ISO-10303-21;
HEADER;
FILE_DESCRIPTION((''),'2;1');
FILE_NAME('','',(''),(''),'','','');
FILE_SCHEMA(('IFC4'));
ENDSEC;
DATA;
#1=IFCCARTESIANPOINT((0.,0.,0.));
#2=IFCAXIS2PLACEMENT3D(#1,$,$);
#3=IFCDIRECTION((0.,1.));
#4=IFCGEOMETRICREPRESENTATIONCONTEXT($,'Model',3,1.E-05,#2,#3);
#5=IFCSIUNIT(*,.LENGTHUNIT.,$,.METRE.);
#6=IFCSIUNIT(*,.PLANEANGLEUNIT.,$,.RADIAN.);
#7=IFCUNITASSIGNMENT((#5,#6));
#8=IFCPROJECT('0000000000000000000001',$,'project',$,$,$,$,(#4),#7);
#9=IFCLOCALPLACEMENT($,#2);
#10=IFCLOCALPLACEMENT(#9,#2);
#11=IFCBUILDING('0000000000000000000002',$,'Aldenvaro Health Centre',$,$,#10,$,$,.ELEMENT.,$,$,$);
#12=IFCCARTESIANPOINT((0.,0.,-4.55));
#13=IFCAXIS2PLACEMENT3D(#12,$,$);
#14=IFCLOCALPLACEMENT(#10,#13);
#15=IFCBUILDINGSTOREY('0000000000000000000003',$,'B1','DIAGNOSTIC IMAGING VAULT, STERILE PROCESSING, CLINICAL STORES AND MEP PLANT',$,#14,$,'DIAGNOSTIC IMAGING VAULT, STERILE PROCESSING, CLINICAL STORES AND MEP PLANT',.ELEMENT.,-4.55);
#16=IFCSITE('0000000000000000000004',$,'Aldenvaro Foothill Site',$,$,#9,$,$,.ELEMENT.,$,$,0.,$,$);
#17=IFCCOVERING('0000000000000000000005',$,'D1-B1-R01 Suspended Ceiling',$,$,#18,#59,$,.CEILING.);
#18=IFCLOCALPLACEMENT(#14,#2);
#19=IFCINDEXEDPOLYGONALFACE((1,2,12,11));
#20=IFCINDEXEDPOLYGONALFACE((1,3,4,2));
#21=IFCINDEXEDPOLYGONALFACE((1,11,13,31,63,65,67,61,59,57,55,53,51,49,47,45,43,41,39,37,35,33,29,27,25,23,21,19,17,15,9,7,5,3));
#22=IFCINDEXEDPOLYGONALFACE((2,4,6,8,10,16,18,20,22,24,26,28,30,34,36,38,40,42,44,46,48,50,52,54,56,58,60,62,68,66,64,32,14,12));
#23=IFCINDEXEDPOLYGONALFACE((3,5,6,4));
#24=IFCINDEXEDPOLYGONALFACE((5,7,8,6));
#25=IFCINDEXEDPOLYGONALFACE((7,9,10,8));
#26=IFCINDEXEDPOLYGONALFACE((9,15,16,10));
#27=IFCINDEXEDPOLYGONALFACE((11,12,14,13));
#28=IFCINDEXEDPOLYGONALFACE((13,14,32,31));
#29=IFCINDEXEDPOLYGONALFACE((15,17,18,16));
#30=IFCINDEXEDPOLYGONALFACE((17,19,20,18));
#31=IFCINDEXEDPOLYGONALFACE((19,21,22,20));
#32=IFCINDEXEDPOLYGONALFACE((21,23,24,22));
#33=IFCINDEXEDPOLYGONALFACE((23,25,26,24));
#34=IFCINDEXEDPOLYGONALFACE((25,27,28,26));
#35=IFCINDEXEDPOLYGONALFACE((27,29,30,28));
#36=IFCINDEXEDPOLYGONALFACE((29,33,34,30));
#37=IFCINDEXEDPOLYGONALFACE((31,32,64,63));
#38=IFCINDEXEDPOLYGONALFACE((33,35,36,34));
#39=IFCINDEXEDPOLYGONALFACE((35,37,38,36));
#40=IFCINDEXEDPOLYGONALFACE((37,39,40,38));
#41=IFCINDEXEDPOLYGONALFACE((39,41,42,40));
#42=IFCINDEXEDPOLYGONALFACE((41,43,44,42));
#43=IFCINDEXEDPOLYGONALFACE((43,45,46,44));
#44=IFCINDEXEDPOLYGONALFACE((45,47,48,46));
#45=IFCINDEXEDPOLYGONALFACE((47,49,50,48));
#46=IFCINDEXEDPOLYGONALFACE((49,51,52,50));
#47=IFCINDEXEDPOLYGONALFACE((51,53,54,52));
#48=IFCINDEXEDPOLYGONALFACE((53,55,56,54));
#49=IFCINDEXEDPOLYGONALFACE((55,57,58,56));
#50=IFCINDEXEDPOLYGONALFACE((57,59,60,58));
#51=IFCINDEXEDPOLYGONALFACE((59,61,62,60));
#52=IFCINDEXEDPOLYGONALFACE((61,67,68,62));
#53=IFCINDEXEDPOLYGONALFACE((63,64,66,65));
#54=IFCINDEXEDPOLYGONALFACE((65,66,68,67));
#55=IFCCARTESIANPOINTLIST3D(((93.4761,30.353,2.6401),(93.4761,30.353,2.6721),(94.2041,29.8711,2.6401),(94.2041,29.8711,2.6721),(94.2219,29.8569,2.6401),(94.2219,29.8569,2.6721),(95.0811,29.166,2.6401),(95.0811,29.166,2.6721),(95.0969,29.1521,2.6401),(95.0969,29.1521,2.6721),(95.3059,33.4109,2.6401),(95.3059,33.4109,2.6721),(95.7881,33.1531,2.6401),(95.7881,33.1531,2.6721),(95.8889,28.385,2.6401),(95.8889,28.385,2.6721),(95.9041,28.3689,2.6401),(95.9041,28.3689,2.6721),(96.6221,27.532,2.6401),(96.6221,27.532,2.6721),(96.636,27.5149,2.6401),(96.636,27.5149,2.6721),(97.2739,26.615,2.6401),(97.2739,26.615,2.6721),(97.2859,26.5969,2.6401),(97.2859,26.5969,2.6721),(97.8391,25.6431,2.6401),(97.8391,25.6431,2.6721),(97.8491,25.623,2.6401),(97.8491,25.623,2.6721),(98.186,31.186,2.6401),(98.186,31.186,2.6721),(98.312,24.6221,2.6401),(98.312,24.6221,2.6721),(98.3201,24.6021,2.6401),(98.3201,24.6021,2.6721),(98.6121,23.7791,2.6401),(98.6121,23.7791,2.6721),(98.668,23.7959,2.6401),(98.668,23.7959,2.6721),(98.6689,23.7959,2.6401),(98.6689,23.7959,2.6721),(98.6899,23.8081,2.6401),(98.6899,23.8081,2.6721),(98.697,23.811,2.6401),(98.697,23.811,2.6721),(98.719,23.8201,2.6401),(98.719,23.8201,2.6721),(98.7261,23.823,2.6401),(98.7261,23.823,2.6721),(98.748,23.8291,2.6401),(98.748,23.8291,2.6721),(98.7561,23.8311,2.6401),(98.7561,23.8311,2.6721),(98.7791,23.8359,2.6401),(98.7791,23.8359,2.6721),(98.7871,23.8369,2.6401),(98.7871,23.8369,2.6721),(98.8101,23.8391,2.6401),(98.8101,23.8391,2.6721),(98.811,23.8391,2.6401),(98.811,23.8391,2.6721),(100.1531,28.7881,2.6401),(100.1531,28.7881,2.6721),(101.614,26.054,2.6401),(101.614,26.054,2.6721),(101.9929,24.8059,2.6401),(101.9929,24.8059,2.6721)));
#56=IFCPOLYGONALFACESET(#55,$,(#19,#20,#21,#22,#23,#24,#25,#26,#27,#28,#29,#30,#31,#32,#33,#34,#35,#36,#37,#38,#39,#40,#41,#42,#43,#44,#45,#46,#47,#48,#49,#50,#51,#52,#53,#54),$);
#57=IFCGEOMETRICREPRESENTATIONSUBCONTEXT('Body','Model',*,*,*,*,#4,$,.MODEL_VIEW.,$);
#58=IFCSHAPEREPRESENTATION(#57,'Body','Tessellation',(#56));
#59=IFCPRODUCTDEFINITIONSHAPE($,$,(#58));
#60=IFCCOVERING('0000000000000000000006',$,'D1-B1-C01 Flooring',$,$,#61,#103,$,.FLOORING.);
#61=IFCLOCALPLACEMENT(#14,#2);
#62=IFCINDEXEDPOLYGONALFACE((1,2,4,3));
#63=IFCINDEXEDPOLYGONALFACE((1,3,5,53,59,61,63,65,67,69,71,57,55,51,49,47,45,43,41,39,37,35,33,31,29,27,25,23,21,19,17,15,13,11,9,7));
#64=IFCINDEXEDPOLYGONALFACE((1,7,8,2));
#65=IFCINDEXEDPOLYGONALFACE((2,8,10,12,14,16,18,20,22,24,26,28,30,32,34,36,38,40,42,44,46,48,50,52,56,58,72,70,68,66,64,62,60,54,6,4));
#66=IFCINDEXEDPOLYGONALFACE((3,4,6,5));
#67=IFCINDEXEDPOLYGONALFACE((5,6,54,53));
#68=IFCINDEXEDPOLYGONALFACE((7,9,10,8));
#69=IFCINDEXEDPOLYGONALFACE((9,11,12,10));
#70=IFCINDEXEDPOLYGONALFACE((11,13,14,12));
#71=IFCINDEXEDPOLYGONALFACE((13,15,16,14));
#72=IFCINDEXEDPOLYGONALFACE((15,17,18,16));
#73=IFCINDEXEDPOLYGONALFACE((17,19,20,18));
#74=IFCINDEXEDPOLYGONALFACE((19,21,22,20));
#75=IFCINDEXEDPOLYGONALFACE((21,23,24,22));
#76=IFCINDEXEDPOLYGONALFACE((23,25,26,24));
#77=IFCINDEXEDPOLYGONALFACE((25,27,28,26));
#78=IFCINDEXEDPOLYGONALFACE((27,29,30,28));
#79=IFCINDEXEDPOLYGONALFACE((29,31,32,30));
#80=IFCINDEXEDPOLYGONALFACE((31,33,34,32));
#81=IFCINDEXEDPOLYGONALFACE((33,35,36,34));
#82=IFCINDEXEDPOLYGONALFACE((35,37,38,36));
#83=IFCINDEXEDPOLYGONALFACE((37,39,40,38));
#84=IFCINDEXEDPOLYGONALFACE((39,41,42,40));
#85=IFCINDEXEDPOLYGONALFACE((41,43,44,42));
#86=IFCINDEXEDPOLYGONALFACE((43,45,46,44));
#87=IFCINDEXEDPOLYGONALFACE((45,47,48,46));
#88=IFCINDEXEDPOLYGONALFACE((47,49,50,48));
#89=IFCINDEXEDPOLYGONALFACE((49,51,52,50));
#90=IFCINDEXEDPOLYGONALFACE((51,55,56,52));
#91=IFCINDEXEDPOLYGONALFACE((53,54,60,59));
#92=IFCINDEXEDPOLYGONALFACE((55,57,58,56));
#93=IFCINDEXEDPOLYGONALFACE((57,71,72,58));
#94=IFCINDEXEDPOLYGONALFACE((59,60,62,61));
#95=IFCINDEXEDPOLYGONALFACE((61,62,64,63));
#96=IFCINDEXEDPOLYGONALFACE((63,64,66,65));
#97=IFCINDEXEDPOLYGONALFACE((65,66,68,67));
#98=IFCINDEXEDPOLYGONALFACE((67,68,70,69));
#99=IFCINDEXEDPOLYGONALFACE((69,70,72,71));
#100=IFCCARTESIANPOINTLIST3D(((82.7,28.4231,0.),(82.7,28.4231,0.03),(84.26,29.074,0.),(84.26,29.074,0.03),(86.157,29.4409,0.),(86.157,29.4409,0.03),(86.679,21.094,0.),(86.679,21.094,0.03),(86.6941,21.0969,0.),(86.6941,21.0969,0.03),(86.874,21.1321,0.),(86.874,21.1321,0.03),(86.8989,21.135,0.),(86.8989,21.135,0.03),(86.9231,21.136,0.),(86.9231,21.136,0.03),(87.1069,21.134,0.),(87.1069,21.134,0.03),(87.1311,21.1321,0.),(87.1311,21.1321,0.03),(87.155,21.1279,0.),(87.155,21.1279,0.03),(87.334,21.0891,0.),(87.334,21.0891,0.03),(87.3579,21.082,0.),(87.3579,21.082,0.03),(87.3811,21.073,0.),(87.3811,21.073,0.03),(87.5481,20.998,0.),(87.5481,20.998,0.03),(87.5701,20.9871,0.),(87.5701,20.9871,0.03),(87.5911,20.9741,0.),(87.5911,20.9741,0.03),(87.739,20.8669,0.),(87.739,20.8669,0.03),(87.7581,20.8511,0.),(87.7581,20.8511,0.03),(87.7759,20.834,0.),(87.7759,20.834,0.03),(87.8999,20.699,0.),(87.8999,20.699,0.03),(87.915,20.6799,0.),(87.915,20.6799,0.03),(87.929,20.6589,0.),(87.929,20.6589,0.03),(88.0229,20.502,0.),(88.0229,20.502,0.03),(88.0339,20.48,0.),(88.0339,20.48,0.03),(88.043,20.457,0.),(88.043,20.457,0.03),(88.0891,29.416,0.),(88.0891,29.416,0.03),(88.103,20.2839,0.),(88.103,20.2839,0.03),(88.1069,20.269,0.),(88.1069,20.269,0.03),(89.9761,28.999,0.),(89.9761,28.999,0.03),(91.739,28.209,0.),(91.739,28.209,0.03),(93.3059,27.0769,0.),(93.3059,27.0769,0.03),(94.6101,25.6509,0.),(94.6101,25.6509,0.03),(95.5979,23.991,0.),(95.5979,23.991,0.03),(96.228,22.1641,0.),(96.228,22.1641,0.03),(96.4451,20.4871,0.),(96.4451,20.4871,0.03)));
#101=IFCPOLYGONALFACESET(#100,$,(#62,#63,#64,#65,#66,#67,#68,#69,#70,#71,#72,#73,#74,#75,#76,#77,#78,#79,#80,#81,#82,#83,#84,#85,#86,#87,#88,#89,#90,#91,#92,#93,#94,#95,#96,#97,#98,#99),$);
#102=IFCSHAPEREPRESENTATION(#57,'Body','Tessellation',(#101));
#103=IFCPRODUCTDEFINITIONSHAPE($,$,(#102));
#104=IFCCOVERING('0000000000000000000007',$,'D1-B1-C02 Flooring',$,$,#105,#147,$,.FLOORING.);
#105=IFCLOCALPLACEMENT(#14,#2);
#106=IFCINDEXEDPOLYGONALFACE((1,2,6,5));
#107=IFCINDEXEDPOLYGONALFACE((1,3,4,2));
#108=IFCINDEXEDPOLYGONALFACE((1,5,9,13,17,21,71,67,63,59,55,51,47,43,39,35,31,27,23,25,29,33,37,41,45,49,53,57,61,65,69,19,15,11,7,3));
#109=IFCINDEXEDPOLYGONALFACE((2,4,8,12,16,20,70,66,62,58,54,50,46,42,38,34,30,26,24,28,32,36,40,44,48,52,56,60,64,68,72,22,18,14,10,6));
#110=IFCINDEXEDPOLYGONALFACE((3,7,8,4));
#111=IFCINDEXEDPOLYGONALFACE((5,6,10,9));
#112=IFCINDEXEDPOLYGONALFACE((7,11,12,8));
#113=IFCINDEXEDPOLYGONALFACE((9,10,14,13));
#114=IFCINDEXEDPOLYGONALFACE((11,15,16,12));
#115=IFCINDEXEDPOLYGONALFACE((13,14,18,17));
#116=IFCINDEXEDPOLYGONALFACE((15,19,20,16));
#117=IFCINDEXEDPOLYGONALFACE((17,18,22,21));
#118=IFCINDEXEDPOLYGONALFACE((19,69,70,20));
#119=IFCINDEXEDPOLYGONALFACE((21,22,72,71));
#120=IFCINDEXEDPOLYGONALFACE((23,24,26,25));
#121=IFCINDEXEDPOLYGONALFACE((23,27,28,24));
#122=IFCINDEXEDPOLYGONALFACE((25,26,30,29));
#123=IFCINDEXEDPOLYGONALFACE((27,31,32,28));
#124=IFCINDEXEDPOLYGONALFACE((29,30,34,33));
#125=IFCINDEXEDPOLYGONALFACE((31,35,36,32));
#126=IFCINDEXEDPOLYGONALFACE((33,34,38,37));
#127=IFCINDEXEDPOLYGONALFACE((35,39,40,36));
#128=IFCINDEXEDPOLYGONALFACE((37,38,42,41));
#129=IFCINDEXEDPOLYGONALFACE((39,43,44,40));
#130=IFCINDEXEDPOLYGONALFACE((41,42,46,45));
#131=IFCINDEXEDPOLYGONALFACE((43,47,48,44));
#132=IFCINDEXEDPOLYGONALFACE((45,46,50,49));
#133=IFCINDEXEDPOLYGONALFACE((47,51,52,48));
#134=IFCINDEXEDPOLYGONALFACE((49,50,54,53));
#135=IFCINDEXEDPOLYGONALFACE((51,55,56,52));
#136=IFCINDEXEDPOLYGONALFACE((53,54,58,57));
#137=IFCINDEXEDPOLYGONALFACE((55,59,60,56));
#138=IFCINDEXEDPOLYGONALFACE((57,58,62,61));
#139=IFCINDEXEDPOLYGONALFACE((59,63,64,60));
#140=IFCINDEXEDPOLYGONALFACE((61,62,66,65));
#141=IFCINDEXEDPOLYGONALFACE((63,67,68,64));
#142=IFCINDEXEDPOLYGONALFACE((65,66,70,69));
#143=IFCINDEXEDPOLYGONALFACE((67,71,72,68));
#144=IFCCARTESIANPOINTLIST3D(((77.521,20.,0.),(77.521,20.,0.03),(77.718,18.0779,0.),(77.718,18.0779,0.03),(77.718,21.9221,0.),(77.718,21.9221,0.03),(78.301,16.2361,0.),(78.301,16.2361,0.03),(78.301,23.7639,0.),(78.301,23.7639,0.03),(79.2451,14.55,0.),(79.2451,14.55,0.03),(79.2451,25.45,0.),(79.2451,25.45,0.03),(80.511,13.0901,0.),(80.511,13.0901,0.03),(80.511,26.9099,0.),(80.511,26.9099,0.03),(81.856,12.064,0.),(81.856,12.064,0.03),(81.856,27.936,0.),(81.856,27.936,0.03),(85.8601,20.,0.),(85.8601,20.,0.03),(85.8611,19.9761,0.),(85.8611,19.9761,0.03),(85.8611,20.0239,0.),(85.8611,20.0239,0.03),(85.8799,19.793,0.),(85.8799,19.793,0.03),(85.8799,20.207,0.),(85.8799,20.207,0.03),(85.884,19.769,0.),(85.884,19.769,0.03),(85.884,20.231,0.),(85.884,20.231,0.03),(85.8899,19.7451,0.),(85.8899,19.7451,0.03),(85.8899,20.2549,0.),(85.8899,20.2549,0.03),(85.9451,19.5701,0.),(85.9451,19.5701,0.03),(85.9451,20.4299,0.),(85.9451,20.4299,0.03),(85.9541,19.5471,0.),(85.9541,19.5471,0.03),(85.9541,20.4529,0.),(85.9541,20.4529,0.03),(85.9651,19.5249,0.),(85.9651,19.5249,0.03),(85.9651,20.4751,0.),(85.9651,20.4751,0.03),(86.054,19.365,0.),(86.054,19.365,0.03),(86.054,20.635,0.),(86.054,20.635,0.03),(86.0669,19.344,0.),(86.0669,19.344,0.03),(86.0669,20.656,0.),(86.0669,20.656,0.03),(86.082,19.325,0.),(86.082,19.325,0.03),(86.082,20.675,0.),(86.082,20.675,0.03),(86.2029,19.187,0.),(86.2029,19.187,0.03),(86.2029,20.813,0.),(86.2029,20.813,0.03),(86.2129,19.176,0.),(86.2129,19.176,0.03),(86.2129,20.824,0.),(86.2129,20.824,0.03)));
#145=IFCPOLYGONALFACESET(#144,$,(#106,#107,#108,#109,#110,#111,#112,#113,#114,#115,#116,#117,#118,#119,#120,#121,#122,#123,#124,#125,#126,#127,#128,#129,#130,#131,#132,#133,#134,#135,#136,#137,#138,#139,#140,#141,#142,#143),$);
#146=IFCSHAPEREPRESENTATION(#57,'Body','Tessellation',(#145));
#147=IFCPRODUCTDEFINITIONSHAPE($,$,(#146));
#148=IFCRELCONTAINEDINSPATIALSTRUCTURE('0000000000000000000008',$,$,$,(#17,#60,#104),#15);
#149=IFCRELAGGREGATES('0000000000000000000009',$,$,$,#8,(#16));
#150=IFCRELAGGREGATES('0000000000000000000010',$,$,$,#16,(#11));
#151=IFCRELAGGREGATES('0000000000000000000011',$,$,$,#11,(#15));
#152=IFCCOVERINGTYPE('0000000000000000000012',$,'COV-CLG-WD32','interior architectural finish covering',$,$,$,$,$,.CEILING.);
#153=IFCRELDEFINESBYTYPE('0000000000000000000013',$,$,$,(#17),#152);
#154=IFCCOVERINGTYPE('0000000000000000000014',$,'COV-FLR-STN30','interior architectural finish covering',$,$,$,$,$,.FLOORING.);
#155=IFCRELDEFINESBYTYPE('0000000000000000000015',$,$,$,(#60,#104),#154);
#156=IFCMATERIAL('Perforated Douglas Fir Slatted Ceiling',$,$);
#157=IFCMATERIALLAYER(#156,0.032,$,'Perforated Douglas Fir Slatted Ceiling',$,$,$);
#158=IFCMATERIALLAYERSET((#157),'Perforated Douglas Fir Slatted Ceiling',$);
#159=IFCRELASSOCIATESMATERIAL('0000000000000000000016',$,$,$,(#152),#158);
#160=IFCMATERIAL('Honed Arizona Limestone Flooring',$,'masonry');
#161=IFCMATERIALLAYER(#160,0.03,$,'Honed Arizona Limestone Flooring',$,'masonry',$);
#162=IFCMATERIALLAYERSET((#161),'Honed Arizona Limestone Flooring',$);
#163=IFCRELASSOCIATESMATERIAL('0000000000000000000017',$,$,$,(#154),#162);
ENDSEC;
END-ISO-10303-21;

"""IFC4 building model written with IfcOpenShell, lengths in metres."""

from ifc_helpers import new_model, si_unit, direction, frame, origin, place, context, subcontext, project, spatial, polyline, outline, extrude, material, layer, layer_set, type_object, element, save


model = new_model("IFC4")

# Units and contexts
model_context = context("Model", 3, precision=1e-05, world=origin(), true_north=direction((0.0, 1.0)))
body_context = subcontext(model_context, "Body", "Model", "MODEL_VIEW")
ifc_project = project(units=[si_unit("LENGTHUNIT", "METRE"), si_unit("PLANEANGLEUNIT", "RADIAN")], contexts=[model_context])

# Site, building, storey
site_placement = place(None, origin())
site = spatial("IfcSite", under=ifc_project, at=site_placement, Name="Aldenvaro Foothill Site", CompositionType="ELEMENT", RefElevation=0.0)
building_placement = place(site_placement, origin())
building = spatial("IfcBuilding", under=site, at=building_placement, Name="Aldenvaro Health Centre", CompositionType="ELEMENT")
storey_placement = place(building_placement, frame((0.0, 0.0, -4.55)))
storey = spatial("IfcBuildingStorey", under=building, at=storey_placement, Name="B1", Description="DIAGNOSTIC IMAGING VAULT, STERILE PROCESSING, CLINICAL STORES AND MEP PLANT", LongName="DIAGNOSTIC IMAGING VAULT, STERILE PROCESSING, CLINICAL STORES AND MEP PLANT", CompositionType="ELEMENT", Elevation=-4.55)

# Coverings
ifc_material_1 = material(Name="Perforated Douglas Fir Slatted Ceiling")
ifc_layer_1 = layer(ifc_material_1, 0.032, Name="Perforated Douglas Fir Slatted Ceiling")
ifc_layer_set_1 = layer_set([ifc_layer_1], Name="Perforated Douglas Fir Slatted Ceiling")
covering_type_1 = type_object("IfcCoveringType", Name="COV-CLG-WD32", Description="interior architectural finish covering", PredefinedType="CEILING", material=ifc_layer_set_1)
covering_1_placement = place(storey_placement, frame((0.0, 0.0, 2.6401)))
element("IfcCovering", 1, at=covering_1_placement, inside=storey, type_object=covering_type_1, Name="D1-B1-R01 Suspended Ceiling", PredefinedType="CEILING", context=body_context, shape_type="SweptSolid", body=[
    extrude(outline(polyline([(98.3201, 24.6021), (98.312, 24.6221), (97.8491, 25.623), (97.8391, 25.6431), (97.2859, 26.5969), (97.2739, 26.615), (96.636, 27.5149), (96.6221, 27.532), (95.9041, 28.3689), (95.8889, 28.385), (95.0969, 29.1521), (95.0811, 29.166), (94.2219, 29.8569), (94.2041, 29.8711), (93.4761, 30.353), (95.3059, 33.4109), (95.7881, 33.1531), (98.186, 31.186), (100.1531, 28.7881), (101.614, 26.054), (101.9929, 24.8059), (98.811, 23.8391), (98.8101, 23.8391), (98.7871, 23.8369), (98.7791, 23.8359), (98.7561, 23.8311), (98.748, 23.8291), (98.7261, 23.823), (98.719, 23.8201), (98.697, 23.811), (98.6899, 23.8081), (98.6689, 23.7959), (98.668, 23.7959), (98.6121, 23.7791), (98.3201, 24.6021)])), origin(), (0.0, 0.0, 1.0), 0.032),
])
ifc_material_2 = material(Name="Honed Arizona Limestone Flooring", Category="masonry")
ifc_layer_2 = layer(ifc_material_2, 0.03, Name="Honed Arizona Limestone Flooring", Category="masonry")
ifc_layer_set_2 = layer_set([ifc_layer_2], Name="Honed Arizona Limestone Flooring")
covering_type_2 = type_object("IfcCoveringType", Name="COV-FLR-STN30", Description="interior architectural finish covering", PredefinedType="FLOORING", material=ifc_layer_set_2)
covering_2_placement = place(storey_placement, origin())
element("IfcCovering", 2, at=covering_2_placement, inside=storey, type_object=covering_type_2, Name="D1-B1-C01 Flooring", PredefinedType="FLOORING", context=body_context, shape_type="SweptSolid", body=[
    extrude(outline(polyline([(86.679, 21.094), (82.7, 28.4231), (84.26, 29.074), (86.157, 29.4409), (88.0891, 29.416), (89.9761, 28.999), (91.739, 28.209), (93.3059, 27.0769), (94.6101, 25.6509), (95.5979, 23.991), (96.228, 22.1641), (96.4451, 20.4871), (88.1069, 20.269), (88.103, 20.2839), (88.043, 20.457), (88.0339, 20.48), (88.0229, 20.502), (87.929, 20.6589), (87.915, 20.6799), (87.8999, 20.699), (87.7759, 20.834), (87.7581, 20.8511), (87.739, 20.8669), (87.5911, 20.9741), (87.5701, 20.9871), (87.5481, 20.998), (87.3811, 21.073), (87.3579, 21.082), (87.334, 21.0891), (87.155, 21.1279), (87.1311, 21.1321), (87.1069, 21.134), (86.9231, 21.136), (86.8989, 21.135), (86.874, 21.1321), (86.6941, 21.0969), (86.679, 21.094)])), origin(), (0.0, 0.0, 1.0), 0.03),
])
covering_3_placement = place(storey_placement, origin())
element("IfcCovering", 3, at=covering_3_placement, inside=storey, type_object=covering_type_2, Name="D1-B1-C02 Flooring", PredefinedType="FLOORING", context=body_context, shape_type="SweptSolid", body=[
    extrude(outline(polyline([(81.856, 27.936), (86.2129, 20.824), (86.2029, 20.813), (86.082, 20.675), (86.0669, 20.656), (86.054, 20.635), (85.9651, 20.4751), (85.9541, 20.4529), (85.9451, 20.4299), (85.8899, 20.2549), (85.884, 20.231), (85.8799, 20.207), (85.8611, 20.0239), (85.8601, 20.0), (85.8611, 19.9761), (85.8799, 19.793), (85.884, 19.769), (85.8899, 19.7451), (85.9451, 19.5701), (85.9541, 19.5471), (85.9651, 19.5249), (86.054, 19.365), (86.0669, 19.344), (86.082, 19.325), (86.2029, 19.187), (86.2129, 19.176), (81.856, 12.064), (80.511, 13.0901), (79.2451, 14.55), (78.301, 16.2361), (77.718, 18.0779), (77.521, 20.0), (77.718, 21.9221), (78.301, 23.7639), (79.2451, 25.45), (80.511, 26.9099), (81.856, 27.936)])), origin(), (0.0, 0.0, 1.0), 0.03),
])

save(model, "model.ifc")
